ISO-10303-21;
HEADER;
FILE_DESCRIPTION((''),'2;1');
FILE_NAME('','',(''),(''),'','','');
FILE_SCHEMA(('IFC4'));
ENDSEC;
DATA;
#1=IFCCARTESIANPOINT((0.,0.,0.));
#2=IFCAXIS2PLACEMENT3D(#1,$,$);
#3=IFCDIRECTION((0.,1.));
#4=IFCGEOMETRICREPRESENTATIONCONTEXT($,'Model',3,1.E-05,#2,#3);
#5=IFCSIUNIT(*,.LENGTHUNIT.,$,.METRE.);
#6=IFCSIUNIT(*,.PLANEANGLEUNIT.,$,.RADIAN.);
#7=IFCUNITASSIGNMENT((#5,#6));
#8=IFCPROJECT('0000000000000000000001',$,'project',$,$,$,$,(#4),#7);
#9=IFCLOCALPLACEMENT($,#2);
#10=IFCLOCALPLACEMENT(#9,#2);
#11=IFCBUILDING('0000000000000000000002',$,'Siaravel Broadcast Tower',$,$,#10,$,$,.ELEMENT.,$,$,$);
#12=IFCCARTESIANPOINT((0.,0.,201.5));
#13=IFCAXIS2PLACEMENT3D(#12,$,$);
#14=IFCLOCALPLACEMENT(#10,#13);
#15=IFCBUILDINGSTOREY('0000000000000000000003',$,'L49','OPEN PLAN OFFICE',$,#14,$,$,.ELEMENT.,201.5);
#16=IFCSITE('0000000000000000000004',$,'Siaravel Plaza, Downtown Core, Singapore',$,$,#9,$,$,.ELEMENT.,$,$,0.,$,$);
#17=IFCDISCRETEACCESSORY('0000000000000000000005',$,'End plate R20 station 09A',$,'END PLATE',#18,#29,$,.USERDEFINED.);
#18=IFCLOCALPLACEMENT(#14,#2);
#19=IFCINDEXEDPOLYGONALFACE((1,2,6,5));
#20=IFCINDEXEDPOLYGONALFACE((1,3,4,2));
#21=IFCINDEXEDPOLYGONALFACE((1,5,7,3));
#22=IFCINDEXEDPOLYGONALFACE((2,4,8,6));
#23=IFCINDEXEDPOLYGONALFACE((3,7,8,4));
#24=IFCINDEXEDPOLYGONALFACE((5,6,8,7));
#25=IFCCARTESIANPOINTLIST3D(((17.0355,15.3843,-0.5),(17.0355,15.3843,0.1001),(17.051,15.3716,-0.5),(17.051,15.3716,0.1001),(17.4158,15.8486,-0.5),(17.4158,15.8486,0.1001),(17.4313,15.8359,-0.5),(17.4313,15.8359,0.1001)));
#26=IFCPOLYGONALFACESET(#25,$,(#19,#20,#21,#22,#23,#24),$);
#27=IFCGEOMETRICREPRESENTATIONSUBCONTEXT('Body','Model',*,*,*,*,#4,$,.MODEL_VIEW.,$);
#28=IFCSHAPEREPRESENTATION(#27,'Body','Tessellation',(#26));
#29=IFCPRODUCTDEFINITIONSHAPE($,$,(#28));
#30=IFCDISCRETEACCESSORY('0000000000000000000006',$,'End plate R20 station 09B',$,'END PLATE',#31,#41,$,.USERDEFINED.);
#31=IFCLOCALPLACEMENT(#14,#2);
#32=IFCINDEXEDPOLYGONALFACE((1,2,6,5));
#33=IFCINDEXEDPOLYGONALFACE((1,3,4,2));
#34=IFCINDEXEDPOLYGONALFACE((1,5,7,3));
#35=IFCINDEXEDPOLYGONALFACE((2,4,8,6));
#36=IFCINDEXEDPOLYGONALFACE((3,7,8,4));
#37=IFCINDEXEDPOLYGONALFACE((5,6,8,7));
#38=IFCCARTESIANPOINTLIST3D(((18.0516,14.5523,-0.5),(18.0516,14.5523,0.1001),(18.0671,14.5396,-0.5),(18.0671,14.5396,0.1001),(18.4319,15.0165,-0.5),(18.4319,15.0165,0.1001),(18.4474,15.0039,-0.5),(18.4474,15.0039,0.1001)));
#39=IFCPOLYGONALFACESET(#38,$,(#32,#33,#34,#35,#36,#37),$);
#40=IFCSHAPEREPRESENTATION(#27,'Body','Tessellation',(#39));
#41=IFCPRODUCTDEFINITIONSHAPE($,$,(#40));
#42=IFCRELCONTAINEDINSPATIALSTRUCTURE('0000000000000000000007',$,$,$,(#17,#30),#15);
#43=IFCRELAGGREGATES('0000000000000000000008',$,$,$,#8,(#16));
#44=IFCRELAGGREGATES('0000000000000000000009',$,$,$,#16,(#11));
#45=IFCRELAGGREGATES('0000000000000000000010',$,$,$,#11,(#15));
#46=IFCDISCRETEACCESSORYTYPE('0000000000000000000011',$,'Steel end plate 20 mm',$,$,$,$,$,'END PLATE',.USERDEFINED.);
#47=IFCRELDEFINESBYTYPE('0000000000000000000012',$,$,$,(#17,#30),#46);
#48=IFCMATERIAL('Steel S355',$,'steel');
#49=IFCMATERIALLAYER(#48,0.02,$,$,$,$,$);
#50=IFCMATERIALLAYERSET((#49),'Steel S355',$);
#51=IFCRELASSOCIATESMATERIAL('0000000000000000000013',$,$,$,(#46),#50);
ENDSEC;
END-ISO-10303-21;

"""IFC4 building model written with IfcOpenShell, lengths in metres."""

from ifc_helpers import new_model, si_unit, direction, frame, origin, origin_2d, place, context, subcontext, project, spatial, rectangle, extrude, material, layer, layer_set, type_object, element, save


model = new_model("IFC4")

# Units and contexts
model_context = context("Model", 3, precision=1e-05, world=origin(), true_north=direction((0.0, 1.0)))
body_context = subcontext(model_context, "Body", "Model", "MODEL_VIEW")
ifc_project = project(units=[si_unit("LENGTHUNIT", "METRE"), si_unit("PLANEANGLEUNIT", "RADIAN")], contexts=[model_context])

# Site, building, storey
site_placement = place(None, origin())
site = spatial("IfcSite", under=ifc_project, at=site_placement, Name="Siaravel Plaza, Downtown Core, Singapore", CompositionType="ELEMENT", RefElevation=0.0)
building_placement = place(site_placement, origin())
building = spatial("IfcBuilding", under=site, at=building_placement, Name="Siaravel Broadcast Tower", CompositionType="ELEMENT")
storey_placement = place(building_placement, frame((0.0, 0.0, 201.5)))
storey = spatial("IfcBuildingStorey", under=building, at=storey_placement, Name="L49", Description="OPEN PLAN OFFICE", CompositionType="ELEMENT", Elevation=201.5)

# Shared definitions
ifc_material_1 = material(Name="Steel S355", Category="steel")

# Discrete accessories
ifc_layer_1 = layer(ifc_material_1, 0.02)
ifc_layer_set_1 = layer_set([ifc_layer_1], Name="Steel S355")
discrete_accessory_type = type_object("IfcDiscreteAccessoryType", Name="Steel end plate 20 mm", ElementType="END PLATE", PredefinedType="USERDEFINED", material=ifc_layer_set_1)
for number, where, z_axis, x_axis, name in (
    (1, (17.2334, 15.6101, -0.5), (0.0, 0.0, 1.0), (-0.773605, 0.633669, 0.0), "End plate R20 station 09A"),
    (2, (18.2495, 14.7781, -0.5), (0.0, 0.0, 1.0), (-0.773605, 0.633669, 0.0), "End plate R20 station 09B"),
):
    element("IfcDiscreteAccessory", number, at=place(storey_placement, frame(where, z_axis=z_axis, x_axis=x_axis)), inside=storey, type_object=discrete_accessory_type, Name=name, ObjectType="END PLATE", PredefinedType="USERDEFINED", context=body_context, shape_type="SweptSolid", body=[
        extrude(rectangle(XDim=0.02, YDim=0.6001, at=origin_2d()), origin(), (0.0, 0.0, 1.0), 0.6001),
    ])

save(model, "model.ifc")
